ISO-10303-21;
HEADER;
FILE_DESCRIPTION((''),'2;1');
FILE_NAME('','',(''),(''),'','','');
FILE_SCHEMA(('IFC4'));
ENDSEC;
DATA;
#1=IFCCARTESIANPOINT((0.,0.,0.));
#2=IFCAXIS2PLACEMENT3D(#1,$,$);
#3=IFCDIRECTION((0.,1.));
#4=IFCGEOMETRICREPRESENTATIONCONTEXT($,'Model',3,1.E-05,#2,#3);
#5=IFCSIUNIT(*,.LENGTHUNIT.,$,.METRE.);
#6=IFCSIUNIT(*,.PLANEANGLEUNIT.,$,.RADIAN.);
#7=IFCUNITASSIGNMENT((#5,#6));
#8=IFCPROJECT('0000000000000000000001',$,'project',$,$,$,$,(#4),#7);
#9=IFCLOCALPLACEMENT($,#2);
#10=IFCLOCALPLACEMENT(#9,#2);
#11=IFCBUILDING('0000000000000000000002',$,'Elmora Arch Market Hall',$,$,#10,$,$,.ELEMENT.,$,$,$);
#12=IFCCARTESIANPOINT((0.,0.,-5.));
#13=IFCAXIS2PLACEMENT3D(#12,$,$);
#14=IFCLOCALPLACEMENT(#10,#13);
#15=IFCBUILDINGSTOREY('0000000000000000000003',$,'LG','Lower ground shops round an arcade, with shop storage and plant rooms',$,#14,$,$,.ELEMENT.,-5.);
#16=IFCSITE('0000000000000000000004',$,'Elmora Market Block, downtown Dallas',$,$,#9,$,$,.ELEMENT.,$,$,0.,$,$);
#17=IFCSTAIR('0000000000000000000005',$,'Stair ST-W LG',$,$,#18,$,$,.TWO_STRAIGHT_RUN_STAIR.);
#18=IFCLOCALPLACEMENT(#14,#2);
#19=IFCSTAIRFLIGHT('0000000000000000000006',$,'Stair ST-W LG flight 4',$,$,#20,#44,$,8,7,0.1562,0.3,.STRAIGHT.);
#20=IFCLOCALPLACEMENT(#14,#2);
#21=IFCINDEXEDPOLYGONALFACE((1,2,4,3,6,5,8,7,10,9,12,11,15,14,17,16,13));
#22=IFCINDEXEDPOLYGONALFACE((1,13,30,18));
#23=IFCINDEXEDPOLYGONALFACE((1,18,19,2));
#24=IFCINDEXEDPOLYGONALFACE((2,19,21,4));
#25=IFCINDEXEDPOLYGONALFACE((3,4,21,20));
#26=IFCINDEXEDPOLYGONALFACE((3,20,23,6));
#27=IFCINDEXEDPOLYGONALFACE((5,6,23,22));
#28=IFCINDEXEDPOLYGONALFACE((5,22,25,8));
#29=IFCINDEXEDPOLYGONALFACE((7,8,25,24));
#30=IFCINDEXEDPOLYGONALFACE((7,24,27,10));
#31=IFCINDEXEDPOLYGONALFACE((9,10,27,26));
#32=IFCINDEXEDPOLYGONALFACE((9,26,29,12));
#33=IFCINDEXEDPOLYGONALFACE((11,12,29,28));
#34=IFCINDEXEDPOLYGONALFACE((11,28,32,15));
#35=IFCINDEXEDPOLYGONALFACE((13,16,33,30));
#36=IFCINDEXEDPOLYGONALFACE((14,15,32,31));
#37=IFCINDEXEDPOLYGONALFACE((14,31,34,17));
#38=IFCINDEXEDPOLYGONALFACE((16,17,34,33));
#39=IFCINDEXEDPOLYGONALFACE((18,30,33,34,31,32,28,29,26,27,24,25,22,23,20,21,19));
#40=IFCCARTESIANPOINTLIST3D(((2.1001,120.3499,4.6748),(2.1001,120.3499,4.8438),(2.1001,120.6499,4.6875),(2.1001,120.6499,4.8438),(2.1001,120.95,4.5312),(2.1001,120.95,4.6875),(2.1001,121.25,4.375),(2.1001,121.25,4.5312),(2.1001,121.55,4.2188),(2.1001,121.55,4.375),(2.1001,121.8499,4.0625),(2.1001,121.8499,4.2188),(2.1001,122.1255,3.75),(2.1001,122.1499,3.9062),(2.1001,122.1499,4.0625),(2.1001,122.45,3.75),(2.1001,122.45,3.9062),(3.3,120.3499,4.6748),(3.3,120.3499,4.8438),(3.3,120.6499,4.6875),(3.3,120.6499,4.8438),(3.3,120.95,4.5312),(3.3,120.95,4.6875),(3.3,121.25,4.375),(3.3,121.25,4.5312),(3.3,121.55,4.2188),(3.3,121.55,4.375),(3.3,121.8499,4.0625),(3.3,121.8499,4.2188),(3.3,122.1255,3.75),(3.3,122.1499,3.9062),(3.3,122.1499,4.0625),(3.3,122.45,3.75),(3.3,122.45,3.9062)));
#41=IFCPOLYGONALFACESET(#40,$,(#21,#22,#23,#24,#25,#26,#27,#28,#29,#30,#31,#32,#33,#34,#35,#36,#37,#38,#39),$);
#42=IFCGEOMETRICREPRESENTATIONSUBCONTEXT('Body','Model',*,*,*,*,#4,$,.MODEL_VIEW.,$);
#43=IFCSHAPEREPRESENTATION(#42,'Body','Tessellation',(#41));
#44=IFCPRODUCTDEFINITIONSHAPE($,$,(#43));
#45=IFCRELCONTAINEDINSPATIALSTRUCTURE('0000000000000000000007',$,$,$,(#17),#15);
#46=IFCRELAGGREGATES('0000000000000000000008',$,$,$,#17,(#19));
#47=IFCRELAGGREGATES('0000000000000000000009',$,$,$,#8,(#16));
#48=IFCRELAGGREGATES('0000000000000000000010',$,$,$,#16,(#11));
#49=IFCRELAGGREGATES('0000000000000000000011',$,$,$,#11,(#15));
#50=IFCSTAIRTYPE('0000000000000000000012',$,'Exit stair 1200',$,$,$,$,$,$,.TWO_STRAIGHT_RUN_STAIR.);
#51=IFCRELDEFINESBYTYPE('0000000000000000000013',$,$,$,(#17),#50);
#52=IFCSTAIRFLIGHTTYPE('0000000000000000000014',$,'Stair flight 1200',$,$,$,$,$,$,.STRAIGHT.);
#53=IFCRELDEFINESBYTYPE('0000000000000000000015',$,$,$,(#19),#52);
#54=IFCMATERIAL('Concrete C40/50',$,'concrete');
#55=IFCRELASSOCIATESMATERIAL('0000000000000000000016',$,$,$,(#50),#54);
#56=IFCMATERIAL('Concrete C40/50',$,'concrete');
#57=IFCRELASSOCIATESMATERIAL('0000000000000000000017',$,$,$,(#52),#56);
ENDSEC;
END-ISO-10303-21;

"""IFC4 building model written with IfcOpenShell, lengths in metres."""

from ifc_helpers import new_model, si_unit, direction, frame, origin, place, context, subcontext, project, spatial, polyline, outline, extrude, material, type_object, element, aggregate, save


model = new_model("IFC4")

# Units and contexts
model_context = context("Model", 3, precision=1e-05, world=origin(), true_north=direction((0.0, 1.0)))
body_context = subcontext(model_context, "Body", "Model", "MODEL_VIEW")
ifc_project = project(units=[si_unit("LENGTHUNIT", "METRE"), si_unit("PLANEANGLEUNIT", "RADIAN")], contexts=[model_context])

# Site, building, storey
site_placement = place(None, origin())
site = spatial("IfcSite", under=ifc_project, at=site_placement, Name="Elmora Market Block, downtown Dallas", CompositionType="ELEMENT", RefElevation=0.0)
building_placement = place(site_placement, origin())
building = spatial("IfcBuilding", under=site, at=building_placement, Name="Elmora Arch Market Hall", CompositionType="ELEMENT")
storey_placement = place(building_placement, frame((0.0, 0.0, -5.0)))
storey = spatial("IfcBuildingStorey", under=building, at=storey_placement, Name="LG", Description="Lower ground shops round an arcade, with shop storage and plant rooms", CompositionType="ELEMENT", Elevation=-5.0)

# Stair, stair flight
ifc_material_1 = material(Name="Concrete C40/50", Category="concrete")
stair_type = type_object("IfcStairType", Name="Exit stair 1200", PredefinedType="TWO_STRAIGHT_RUN_STAIR", material=ifc_material_1)
stair_placement = place(storey_placement, origin())
stair = element("IfcStair", 1, at=stair_placement, inside=storey, type_object=stair_type, Name="Stair ST-W LG", PredefinedType="TWO_STRAIGHT_RUN_STAIR")
ifc_material_2 = material(Name="Concrete C40/50", Category="concrete")
stair_flight_type = type_object("IfcStairFlightType", Name="Stair flight 1200", PredefinedType="STRAIGHT", material=ifc_material_2)
stair_flight_1_placement = place(storey_placement, frame((2.7, 122.45, 3.75), z_axis=(0.0, 0.0, 1.0), x_axis=(0.0, -1.0, 0.0)))
stair_flight_1 = element("IfcStairFlight", 2, at=stair_flight_1_placement, type_object=stair_flight_type, Name="Stair ST-W LG flight 4", NumberOfRisers=8, NumberOfTreads=7, PredefinedType="STRAIGHT", RiserHeight=0.1562, TreadLength=0.3, context=body_context, shape_type="SweptSolid", body=[
    extrude(outline(polyline([(0.0, 0.0), (0.0, 0.1562), (0.3, 0.1562), (0.3, 0.3125), (0.6001, 0.3125), (0.6001, 0.4688), (0.8999, 0.4688), (0.8999, 0.625), (1.2, 0.625), (1.2, 0.7812), (1.5, 0.7812), (1.5, 0.9375), (1.8, 0.9375), (1.8, 1.0938), (2.1001, 1.0938), (2.1001, 1.25), (2.1001, 0.9248), (0.3245, 0.0), (0.0, 0.0)])), frame((0.0, 0.6001, 0.0), z_axis=(0.0, -1.0, 0.0), x_axis=(1.0, 0.0, 0.0)), (0.0, 0.0, 1.0), 1.2),
])
aggregate(stair, [stair_flight_1])

save(model, "model.ifc")
